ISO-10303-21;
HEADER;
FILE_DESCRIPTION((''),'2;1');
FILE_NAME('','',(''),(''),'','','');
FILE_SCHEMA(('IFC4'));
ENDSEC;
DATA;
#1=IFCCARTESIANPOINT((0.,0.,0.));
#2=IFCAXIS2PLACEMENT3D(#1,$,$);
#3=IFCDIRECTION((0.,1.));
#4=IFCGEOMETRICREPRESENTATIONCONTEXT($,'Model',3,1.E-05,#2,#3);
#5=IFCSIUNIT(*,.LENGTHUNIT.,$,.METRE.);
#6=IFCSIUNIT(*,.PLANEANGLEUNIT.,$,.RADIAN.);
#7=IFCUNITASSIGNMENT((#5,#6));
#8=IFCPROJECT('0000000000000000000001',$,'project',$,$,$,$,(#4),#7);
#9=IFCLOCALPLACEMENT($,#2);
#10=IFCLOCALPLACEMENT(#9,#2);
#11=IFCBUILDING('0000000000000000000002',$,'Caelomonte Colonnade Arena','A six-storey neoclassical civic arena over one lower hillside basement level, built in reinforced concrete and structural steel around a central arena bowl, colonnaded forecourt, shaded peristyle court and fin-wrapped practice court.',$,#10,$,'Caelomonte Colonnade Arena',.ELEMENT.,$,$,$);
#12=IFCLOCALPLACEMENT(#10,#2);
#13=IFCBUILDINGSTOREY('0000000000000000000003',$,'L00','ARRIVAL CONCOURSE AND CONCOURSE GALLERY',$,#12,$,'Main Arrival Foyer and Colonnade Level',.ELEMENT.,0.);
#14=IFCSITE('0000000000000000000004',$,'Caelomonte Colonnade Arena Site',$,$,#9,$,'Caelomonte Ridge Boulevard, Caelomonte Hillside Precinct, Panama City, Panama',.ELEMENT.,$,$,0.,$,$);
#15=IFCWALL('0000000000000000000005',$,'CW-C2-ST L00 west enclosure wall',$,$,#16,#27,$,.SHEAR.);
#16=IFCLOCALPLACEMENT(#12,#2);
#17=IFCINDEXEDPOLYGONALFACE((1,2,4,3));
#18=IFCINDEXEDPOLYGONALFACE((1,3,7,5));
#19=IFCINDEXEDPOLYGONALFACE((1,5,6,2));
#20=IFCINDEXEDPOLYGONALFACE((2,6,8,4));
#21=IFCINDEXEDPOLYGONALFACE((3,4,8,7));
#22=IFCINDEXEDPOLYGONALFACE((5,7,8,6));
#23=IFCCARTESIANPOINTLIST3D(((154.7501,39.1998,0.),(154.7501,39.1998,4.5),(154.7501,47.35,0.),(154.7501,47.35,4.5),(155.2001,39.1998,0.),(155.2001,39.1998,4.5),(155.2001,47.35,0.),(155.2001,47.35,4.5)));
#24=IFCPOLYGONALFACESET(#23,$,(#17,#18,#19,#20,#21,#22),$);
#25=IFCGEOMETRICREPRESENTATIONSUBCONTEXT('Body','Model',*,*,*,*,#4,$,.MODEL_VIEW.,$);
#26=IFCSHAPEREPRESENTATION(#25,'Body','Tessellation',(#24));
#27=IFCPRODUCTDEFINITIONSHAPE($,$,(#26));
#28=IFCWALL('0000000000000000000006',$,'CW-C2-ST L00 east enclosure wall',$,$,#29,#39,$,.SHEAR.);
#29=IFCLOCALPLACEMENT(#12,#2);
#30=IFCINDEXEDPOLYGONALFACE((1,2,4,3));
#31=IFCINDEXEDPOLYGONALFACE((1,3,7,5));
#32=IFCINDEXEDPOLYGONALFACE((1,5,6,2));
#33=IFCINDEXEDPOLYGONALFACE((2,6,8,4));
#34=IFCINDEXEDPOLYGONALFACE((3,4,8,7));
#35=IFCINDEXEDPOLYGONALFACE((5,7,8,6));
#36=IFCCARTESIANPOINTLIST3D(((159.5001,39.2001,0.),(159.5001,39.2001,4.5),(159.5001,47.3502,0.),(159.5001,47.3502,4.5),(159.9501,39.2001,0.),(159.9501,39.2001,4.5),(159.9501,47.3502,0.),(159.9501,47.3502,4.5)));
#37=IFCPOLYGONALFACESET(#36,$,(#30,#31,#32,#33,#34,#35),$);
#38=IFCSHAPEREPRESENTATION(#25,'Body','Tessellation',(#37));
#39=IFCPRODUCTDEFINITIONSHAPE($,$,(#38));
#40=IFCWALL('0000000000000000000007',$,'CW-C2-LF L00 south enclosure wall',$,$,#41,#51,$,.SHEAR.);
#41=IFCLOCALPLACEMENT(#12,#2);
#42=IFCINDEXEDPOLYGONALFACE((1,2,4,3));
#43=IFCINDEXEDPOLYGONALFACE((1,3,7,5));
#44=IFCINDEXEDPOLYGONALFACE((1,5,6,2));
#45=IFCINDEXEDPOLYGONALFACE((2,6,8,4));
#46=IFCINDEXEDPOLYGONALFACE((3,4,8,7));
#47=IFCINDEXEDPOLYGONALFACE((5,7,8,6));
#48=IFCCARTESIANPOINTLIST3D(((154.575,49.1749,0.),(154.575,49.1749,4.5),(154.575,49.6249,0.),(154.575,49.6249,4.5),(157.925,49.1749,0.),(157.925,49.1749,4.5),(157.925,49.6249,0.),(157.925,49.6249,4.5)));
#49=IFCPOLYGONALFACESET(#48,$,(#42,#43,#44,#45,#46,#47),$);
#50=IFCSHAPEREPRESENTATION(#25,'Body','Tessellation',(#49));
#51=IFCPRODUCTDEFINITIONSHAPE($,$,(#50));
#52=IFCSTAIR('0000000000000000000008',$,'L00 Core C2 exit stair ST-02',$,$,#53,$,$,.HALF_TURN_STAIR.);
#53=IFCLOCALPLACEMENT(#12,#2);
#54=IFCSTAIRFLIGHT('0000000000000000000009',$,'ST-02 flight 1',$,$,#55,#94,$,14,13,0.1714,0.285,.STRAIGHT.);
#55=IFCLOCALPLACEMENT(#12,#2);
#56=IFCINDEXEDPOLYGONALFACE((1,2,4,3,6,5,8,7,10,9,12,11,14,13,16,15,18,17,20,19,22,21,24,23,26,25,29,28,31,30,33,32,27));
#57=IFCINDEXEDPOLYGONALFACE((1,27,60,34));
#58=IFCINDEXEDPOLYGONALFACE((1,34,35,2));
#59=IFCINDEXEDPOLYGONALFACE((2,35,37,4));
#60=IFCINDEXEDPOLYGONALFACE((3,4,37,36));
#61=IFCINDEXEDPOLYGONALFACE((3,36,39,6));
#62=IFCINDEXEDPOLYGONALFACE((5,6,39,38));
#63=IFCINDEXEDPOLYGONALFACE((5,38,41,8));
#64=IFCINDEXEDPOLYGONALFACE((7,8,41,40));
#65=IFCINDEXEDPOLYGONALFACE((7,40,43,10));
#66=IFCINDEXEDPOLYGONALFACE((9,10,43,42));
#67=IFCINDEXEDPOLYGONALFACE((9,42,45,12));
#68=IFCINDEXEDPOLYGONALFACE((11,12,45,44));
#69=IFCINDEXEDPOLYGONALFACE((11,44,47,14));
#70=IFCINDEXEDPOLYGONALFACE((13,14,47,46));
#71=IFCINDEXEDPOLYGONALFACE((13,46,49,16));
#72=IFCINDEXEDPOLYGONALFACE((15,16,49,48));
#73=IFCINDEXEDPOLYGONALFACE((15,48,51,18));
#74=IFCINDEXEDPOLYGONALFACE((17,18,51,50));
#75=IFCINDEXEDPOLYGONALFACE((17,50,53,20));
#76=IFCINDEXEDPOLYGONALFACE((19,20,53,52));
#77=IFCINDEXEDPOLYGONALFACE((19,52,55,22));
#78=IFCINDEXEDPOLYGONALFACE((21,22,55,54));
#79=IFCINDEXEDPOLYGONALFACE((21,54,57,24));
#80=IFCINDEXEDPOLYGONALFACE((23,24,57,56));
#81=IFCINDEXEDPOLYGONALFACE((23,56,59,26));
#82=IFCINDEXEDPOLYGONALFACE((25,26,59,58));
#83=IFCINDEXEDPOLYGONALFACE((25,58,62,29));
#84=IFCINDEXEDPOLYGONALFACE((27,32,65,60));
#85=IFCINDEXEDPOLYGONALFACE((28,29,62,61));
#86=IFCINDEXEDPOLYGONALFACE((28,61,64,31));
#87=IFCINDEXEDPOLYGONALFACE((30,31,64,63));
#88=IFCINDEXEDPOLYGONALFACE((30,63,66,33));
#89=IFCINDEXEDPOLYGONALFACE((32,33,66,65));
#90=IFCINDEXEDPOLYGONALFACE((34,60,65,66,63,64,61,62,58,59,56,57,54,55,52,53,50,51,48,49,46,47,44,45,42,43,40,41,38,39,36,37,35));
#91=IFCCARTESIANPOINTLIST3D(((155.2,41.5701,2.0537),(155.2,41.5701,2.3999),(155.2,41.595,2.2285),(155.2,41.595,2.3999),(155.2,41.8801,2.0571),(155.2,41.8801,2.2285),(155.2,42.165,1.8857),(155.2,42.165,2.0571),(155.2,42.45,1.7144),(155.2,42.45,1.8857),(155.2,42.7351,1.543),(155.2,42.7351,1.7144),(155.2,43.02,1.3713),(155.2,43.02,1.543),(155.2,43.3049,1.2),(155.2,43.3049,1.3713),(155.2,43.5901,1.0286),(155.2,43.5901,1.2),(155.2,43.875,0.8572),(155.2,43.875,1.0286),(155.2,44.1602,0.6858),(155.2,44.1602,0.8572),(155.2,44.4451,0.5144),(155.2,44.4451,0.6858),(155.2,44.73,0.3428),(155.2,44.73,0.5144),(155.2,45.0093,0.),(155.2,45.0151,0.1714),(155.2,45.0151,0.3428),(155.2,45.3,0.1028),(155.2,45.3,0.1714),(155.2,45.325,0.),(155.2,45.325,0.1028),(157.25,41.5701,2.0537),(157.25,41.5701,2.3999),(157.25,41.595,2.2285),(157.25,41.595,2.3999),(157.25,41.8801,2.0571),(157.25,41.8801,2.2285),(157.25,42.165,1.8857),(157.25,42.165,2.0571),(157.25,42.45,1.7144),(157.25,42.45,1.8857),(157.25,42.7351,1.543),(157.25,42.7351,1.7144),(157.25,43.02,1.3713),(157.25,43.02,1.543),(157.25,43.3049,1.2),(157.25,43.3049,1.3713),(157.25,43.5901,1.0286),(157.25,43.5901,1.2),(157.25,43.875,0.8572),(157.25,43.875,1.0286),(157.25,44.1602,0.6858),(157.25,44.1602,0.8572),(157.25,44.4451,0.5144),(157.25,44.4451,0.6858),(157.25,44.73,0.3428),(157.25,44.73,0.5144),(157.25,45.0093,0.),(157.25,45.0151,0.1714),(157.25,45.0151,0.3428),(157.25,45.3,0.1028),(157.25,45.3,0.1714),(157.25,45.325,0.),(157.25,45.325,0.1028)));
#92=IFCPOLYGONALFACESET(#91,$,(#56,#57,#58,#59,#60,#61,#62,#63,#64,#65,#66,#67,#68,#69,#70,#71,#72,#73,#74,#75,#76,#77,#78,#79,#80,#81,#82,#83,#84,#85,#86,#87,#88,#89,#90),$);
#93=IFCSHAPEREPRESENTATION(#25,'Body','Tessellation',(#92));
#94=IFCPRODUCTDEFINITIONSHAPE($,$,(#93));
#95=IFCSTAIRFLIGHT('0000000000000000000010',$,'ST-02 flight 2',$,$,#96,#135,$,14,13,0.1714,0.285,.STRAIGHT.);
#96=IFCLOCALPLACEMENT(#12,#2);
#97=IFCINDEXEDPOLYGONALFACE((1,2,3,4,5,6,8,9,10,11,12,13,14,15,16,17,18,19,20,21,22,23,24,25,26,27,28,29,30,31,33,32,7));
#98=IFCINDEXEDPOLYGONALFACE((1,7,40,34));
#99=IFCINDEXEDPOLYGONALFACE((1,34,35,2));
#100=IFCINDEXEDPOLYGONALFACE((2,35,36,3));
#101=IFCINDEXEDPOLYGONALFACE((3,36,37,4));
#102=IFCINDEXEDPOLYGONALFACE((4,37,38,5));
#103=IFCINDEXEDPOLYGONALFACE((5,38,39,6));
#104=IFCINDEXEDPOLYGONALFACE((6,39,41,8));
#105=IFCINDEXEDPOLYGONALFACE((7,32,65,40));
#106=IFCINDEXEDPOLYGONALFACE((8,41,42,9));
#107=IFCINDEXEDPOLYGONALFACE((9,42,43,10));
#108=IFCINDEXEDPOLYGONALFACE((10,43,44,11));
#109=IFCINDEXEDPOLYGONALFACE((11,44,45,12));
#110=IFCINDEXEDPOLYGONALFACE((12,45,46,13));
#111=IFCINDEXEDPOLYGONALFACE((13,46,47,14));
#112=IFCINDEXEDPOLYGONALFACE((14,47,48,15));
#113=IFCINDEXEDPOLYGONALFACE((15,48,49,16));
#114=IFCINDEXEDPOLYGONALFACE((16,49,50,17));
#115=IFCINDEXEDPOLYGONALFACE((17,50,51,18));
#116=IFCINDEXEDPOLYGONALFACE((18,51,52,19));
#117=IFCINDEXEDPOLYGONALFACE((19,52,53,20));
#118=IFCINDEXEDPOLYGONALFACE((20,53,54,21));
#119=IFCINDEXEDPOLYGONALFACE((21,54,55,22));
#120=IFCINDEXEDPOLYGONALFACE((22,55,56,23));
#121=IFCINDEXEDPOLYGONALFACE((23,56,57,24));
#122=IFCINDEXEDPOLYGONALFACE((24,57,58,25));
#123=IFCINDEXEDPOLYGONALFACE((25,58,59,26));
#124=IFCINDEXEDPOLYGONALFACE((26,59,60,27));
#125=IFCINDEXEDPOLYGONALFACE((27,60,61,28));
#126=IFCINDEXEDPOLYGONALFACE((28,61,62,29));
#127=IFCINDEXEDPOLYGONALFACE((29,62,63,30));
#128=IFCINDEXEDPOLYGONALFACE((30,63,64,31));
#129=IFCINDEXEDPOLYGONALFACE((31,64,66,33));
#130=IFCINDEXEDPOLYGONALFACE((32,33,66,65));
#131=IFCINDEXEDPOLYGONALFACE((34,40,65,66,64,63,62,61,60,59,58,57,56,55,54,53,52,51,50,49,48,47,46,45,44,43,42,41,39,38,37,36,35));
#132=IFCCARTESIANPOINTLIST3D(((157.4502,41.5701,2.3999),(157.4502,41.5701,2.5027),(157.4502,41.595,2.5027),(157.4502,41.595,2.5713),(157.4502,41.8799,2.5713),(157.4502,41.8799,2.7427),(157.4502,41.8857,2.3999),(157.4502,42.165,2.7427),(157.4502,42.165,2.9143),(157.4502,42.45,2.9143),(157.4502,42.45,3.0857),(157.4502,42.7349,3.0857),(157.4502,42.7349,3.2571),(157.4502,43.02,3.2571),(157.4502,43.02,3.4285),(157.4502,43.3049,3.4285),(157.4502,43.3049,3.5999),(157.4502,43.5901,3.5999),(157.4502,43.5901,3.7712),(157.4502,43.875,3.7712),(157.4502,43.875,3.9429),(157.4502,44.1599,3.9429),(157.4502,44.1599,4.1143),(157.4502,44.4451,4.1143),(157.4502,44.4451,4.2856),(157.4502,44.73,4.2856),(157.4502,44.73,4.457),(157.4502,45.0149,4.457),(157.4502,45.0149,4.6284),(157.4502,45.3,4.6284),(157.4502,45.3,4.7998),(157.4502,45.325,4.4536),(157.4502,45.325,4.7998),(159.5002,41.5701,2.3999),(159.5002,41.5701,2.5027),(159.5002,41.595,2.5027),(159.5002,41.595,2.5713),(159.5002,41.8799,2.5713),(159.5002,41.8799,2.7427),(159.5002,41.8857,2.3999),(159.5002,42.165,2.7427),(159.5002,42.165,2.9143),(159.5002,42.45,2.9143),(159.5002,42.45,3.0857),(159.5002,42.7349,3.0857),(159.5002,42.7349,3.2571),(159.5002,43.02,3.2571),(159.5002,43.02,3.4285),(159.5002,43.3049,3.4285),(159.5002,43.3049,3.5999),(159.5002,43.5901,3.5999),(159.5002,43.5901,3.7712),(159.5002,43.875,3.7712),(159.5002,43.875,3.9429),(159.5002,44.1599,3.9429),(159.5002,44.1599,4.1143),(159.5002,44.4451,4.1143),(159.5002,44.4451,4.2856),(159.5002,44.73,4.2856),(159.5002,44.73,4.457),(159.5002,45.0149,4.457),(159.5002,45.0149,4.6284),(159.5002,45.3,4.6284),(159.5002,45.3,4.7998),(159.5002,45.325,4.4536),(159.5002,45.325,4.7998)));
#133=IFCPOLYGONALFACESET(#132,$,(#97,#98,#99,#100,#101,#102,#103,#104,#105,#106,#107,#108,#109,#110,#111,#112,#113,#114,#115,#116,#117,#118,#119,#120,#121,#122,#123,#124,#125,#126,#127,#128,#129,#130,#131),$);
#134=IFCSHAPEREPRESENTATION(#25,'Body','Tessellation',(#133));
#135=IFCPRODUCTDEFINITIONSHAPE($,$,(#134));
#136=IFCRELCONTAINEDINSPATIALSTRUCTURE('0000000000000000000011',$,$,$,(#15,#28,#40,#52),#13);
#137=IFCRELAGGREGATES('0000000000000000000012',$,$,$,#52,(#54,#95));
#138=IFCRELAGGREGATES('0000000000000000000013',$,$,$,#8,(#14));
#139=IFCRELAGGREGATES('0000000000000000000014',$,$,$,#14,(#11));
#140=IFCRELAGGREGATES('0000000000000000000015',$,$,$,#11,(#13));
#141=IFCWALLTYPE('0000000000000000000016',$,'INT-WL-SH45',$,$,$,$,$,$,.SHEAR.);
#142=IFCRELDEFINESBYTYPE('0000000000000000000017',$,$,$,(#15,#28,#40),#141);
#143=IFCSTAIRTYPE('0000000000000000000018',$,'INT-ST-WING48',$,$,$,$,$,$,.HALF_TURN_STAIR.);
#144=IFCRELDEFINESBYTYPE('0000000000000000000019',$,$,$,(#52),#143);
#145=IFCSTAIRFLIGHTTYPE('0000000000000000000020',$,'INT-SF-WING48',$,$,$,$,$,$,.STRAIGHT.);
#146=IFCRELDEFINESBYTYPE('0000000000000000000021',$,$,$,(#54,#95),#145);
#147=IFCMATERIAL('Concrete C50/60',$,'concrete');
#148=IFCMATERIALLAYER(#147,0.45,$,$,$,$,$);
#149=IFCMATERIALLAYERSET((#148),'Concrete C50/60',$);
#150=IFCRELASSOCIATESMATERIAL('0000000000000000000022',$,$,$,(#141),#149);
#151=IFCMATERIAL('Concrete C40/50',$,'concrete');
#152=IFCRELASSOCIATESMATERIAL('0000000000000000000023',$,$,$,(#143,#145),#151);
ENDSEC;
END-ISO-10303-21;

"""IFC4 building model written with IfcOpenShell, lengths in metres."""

from ifc_helpers import new_model, si_unit, direction, frame, frame_2d, origin, place, context, subcontext, project, spatial, polyline, rectangle, outline, extrude, material, layer, layer_set, type_object, element, aggregate, save


model = new_model("IFC4")

# Units and contexts
model_context = context("Model", 3, precision=1e-05, world=origin(), true_north=direction((0.0, 1.0)))
body_context = subcontext(model_context, "Body", "Model", "MODEL_VIEW")
ifc_project = project(units=[si_unit("LENGTHUNIT", "METRE"), si_unit("PLANEANGLEUNIT", "RADIAN")], contexts=[model_context])

# Site, building, storey
site_placement = place(None, origin())
site = spatial("IfcSite", under=ifc_project, at=site_placement, Name="Caelomonte Colonnade Arena Site", LongName="Caelomonte Ridge Boulevard, Caelomonte Hillside Precinct, Panama City, Panama", CompositionType="ELEMENT", RefElevation=0.0)
building_placement = place(site_placement, origin())
building = spatial("IfcBuilding", under=site, at=building_placement, Name="Caelomonte Colonnade Arena", Description="A six-storey neoclassical civic arena over one lower hillside basement level, built in reinforced concrete and structural steel around a central arena bowl, colonnaded forecourt, shaded peristyle court and fin-wrapped practice court.", LongName="Caelomonte Colonnade Arena", CompositionType="ELEMENT")
storey_placement = place(building_placement, origin())
storey = spatial("IfcBuildingStorey", under=building, at=storey_placement, Name="L00", Description="ARRIVAL CONCOURSE AND CONCOURSE GALLERY", LongName="Main Arrival Foyer and Colonnade Level", CompositionType="ELEMENT", Elevation=0.0)

# Shared definitions
ifc_material_1 = material(Name="Concrete C50/60", Category="concrete")

# Shared definitions
ifc_material_2 = material(Name="Concrete C40/50", Category="concrete")

# Shared definitions
ifc_layer_1 = layer(ifc_material_1, 0.45)
ifc_layer_set_1 = layer_set([ifc_layer_1], Name="Concrete C50/60")
wall_type_1 = type_object("IfcWallType", Name="INT-WL-SH45", PredefinedType="SHEAR", material=ifc_layer_set_1)

# Walls
for number, where, z_axis, x_axis, name in (
    (1, (154.9751, 47.3501, 0.0), (0.0, 0.0, 1.0), (0.0, -1.0, 0.0), "CW-C2-ST L00 west enclosure wall"),
    (2, (159.7251, 39.2, 0.0), (0.0, 0.0, 1.0), (0.0, 1.0, 0.0), "CW-C2-ST L00 east enclosure wall"),
):
    element("IfcWall", number, at=place(storey_placement, frame(where, z_axis=z_axis, x_axis=x_axis)), inside=storey, type_object=wall_type_1, Name=name, PredefinedType="SHEAR", context=body_context, shape_type="SweptSolid", body=[
        extrude(rectangle(XDim=8.1501, YDim=0.45, at=frame_2d((4.0752, 0.0))), origin(), (0.0, 0.0, 1.0), 4.5),
    ])
wall_1_placement = place(storey_placement, frame((154.575, 49.3999, 0.0), z_axis=(0.0, 0.0, 1.0), x_axis=(1.0, 0.0, 0.0)))
element("IfcWall", 3, at=wall_1_placement, inside=storey, type_object=wall_type_1, Name="CW-C2-LF L00 south enclosure wall", PredefinedType="SHEAR", context=body_context, shape_type="SweptSolid", body=[
    extrude(rectangle(XDim=3.3501, YDim=0.45, at=frame_2d((1.675, 0.0))), origin(), (0.0, 0.0, 1.0), 4.5),
])

# Stair, stair flights
stair_type = type_object("IfcStairType", Name="INT-ST-WING48", PredefinedType="HALF_TURN_STAIR", material=ifc_material_2)
stair_placement = place(storey_placement, origin())
stair = element("IfcStair", 4, at=stair_placement, inside=storey, type_object=stair_type, Name="L00 Core C2 exit stair ST-02", PredefinedType="HALF_TURN_STAIR")
stair_flight_type = type_object("IfcStairFlightType", Name="INT-SF-WING48", PredefinedType="STRAIGHT", material=ifc_material_2)
stair_flight_1_placement = place(storey_placement, frame((156.2251, 45.3, 0.0), z_axis=(0.0, 0.0, 1.0), x_axis=(0.0, -1.0, 0.0)))
stair_flight_1 = element("IfcStairFlight", 5, at=stair_flight_1_placement, type_object=stair_flight_type, Name="ST-02 flight 1", NumberOfRisers=14, NumberOfTreads=13, PredefinedType="STRAIGHT", RiserHeight=0.1714, TreadLength=0.285, context=body_context, shape_type="SweptSolid", body=[
    extrude(outline(polyline([(-0.0249, 0.0), (-0.0249, 0.1028), (0.0, 0.1028), (0.0, 0.1714), (0.2849, 0.1714), (0.2849, 0.3428), (0.5701, 0.3428), (0.5701, 0.5144), (0.855, 0.5144), (0.855, 0.6858), (1.1399, 0.6858), (1.1399, 0.8572), (1.425, 0.8572), (1.425, 1.0286), (1.71, 1.0286), (1.71, 1.2), (1.9951, 1.2), (1.9951, 1.3713), (2.28, 1.3713), (2.28, 1.543), (2.5649, 1.543), (2.5649, 1.7144), (2.8501, 1.7144), (2.8501, 1.8857), (3.135, 1.8857), (3.135, 2.0571), (3.4199, 2.0571), (3.4199, 2.2285), (3.7051, 2.2285), (3.7051, 2.3999), (3.73, 2.3999), (3.73, 2.0537), (0.2908, 0.0), (-0.0249, 0.0)])), frame((0.0, 1.0249, 0.0), z_axis=(0.0, -1.0, 0.0), x_axis=(1.0, 0.0, 0.0)), (0.0, 0.0, 1.0), 2.05),
])
stair_flight_2_placement = place(storey_placement, frame((158.4751, 41.595, 2.3999), z_axis=(0.0, 0.0, 1.0), x_axis=(0.0, 1.0, 0.0)))
stair_flight_2 = element("IfcStairFlight", 6, at=stair_flight_2_placement, type_object=stair_flight_type, Name="ST-02 flight 2", NumberOfRisers=14, NumberOfTreads=13, PredefinedType="STRAIGHT", RiserHeight=0.1714, TreadLength=0.285, context=body_context, shape_type="SweptSolid", body=[
    extrude(outline(polyline([(-0.0249, 0.0), (-0.0249, 0.1028), (0.0, 0.1028), (0.0, 0.1714), (0.2849, 0.1714), (0.2849, 0.3428), (0.5701, 0.3428), (0.5701, 0.5144), (0.855, 0.5144), (0.855, 0.6858), (1.1399, 0.6858), (1.1399, 0.8572), (1.425, 0.8572), (1.425, 1.0286), (1.71, 1.0286), (1.71, 1.2), (1.9951, 1.2), (1.9951, 1.3713), (2.28, 1.3713), (2.28, 1.543), (2.5649, 1.543), (2.5649, 1.7144), (2.8501, 1.7144), (2.8501, 1.8857), (3.135, 1.8857), (3.135, 2.0571), (3.4199, 2.0571), (3.4199, 2.2285), (3.7051, 2.2285), (3.7051, 2.3999), (3.73, 2.3999), (3.73, 2.0537), (0.2908, 0.0), (-0.0249, 0.0)])), frame((0.0, 1.0249, 0.0), z_axis=(0.0, -1.0, 0.0), x_axis=(1.0, 0.0, 0.0)), (0.0, 0.0, 1.0), 2.05),
])
aggregate(stair, [stair_flight_1, stair_flight_2])

save(model, "model.ifc")
